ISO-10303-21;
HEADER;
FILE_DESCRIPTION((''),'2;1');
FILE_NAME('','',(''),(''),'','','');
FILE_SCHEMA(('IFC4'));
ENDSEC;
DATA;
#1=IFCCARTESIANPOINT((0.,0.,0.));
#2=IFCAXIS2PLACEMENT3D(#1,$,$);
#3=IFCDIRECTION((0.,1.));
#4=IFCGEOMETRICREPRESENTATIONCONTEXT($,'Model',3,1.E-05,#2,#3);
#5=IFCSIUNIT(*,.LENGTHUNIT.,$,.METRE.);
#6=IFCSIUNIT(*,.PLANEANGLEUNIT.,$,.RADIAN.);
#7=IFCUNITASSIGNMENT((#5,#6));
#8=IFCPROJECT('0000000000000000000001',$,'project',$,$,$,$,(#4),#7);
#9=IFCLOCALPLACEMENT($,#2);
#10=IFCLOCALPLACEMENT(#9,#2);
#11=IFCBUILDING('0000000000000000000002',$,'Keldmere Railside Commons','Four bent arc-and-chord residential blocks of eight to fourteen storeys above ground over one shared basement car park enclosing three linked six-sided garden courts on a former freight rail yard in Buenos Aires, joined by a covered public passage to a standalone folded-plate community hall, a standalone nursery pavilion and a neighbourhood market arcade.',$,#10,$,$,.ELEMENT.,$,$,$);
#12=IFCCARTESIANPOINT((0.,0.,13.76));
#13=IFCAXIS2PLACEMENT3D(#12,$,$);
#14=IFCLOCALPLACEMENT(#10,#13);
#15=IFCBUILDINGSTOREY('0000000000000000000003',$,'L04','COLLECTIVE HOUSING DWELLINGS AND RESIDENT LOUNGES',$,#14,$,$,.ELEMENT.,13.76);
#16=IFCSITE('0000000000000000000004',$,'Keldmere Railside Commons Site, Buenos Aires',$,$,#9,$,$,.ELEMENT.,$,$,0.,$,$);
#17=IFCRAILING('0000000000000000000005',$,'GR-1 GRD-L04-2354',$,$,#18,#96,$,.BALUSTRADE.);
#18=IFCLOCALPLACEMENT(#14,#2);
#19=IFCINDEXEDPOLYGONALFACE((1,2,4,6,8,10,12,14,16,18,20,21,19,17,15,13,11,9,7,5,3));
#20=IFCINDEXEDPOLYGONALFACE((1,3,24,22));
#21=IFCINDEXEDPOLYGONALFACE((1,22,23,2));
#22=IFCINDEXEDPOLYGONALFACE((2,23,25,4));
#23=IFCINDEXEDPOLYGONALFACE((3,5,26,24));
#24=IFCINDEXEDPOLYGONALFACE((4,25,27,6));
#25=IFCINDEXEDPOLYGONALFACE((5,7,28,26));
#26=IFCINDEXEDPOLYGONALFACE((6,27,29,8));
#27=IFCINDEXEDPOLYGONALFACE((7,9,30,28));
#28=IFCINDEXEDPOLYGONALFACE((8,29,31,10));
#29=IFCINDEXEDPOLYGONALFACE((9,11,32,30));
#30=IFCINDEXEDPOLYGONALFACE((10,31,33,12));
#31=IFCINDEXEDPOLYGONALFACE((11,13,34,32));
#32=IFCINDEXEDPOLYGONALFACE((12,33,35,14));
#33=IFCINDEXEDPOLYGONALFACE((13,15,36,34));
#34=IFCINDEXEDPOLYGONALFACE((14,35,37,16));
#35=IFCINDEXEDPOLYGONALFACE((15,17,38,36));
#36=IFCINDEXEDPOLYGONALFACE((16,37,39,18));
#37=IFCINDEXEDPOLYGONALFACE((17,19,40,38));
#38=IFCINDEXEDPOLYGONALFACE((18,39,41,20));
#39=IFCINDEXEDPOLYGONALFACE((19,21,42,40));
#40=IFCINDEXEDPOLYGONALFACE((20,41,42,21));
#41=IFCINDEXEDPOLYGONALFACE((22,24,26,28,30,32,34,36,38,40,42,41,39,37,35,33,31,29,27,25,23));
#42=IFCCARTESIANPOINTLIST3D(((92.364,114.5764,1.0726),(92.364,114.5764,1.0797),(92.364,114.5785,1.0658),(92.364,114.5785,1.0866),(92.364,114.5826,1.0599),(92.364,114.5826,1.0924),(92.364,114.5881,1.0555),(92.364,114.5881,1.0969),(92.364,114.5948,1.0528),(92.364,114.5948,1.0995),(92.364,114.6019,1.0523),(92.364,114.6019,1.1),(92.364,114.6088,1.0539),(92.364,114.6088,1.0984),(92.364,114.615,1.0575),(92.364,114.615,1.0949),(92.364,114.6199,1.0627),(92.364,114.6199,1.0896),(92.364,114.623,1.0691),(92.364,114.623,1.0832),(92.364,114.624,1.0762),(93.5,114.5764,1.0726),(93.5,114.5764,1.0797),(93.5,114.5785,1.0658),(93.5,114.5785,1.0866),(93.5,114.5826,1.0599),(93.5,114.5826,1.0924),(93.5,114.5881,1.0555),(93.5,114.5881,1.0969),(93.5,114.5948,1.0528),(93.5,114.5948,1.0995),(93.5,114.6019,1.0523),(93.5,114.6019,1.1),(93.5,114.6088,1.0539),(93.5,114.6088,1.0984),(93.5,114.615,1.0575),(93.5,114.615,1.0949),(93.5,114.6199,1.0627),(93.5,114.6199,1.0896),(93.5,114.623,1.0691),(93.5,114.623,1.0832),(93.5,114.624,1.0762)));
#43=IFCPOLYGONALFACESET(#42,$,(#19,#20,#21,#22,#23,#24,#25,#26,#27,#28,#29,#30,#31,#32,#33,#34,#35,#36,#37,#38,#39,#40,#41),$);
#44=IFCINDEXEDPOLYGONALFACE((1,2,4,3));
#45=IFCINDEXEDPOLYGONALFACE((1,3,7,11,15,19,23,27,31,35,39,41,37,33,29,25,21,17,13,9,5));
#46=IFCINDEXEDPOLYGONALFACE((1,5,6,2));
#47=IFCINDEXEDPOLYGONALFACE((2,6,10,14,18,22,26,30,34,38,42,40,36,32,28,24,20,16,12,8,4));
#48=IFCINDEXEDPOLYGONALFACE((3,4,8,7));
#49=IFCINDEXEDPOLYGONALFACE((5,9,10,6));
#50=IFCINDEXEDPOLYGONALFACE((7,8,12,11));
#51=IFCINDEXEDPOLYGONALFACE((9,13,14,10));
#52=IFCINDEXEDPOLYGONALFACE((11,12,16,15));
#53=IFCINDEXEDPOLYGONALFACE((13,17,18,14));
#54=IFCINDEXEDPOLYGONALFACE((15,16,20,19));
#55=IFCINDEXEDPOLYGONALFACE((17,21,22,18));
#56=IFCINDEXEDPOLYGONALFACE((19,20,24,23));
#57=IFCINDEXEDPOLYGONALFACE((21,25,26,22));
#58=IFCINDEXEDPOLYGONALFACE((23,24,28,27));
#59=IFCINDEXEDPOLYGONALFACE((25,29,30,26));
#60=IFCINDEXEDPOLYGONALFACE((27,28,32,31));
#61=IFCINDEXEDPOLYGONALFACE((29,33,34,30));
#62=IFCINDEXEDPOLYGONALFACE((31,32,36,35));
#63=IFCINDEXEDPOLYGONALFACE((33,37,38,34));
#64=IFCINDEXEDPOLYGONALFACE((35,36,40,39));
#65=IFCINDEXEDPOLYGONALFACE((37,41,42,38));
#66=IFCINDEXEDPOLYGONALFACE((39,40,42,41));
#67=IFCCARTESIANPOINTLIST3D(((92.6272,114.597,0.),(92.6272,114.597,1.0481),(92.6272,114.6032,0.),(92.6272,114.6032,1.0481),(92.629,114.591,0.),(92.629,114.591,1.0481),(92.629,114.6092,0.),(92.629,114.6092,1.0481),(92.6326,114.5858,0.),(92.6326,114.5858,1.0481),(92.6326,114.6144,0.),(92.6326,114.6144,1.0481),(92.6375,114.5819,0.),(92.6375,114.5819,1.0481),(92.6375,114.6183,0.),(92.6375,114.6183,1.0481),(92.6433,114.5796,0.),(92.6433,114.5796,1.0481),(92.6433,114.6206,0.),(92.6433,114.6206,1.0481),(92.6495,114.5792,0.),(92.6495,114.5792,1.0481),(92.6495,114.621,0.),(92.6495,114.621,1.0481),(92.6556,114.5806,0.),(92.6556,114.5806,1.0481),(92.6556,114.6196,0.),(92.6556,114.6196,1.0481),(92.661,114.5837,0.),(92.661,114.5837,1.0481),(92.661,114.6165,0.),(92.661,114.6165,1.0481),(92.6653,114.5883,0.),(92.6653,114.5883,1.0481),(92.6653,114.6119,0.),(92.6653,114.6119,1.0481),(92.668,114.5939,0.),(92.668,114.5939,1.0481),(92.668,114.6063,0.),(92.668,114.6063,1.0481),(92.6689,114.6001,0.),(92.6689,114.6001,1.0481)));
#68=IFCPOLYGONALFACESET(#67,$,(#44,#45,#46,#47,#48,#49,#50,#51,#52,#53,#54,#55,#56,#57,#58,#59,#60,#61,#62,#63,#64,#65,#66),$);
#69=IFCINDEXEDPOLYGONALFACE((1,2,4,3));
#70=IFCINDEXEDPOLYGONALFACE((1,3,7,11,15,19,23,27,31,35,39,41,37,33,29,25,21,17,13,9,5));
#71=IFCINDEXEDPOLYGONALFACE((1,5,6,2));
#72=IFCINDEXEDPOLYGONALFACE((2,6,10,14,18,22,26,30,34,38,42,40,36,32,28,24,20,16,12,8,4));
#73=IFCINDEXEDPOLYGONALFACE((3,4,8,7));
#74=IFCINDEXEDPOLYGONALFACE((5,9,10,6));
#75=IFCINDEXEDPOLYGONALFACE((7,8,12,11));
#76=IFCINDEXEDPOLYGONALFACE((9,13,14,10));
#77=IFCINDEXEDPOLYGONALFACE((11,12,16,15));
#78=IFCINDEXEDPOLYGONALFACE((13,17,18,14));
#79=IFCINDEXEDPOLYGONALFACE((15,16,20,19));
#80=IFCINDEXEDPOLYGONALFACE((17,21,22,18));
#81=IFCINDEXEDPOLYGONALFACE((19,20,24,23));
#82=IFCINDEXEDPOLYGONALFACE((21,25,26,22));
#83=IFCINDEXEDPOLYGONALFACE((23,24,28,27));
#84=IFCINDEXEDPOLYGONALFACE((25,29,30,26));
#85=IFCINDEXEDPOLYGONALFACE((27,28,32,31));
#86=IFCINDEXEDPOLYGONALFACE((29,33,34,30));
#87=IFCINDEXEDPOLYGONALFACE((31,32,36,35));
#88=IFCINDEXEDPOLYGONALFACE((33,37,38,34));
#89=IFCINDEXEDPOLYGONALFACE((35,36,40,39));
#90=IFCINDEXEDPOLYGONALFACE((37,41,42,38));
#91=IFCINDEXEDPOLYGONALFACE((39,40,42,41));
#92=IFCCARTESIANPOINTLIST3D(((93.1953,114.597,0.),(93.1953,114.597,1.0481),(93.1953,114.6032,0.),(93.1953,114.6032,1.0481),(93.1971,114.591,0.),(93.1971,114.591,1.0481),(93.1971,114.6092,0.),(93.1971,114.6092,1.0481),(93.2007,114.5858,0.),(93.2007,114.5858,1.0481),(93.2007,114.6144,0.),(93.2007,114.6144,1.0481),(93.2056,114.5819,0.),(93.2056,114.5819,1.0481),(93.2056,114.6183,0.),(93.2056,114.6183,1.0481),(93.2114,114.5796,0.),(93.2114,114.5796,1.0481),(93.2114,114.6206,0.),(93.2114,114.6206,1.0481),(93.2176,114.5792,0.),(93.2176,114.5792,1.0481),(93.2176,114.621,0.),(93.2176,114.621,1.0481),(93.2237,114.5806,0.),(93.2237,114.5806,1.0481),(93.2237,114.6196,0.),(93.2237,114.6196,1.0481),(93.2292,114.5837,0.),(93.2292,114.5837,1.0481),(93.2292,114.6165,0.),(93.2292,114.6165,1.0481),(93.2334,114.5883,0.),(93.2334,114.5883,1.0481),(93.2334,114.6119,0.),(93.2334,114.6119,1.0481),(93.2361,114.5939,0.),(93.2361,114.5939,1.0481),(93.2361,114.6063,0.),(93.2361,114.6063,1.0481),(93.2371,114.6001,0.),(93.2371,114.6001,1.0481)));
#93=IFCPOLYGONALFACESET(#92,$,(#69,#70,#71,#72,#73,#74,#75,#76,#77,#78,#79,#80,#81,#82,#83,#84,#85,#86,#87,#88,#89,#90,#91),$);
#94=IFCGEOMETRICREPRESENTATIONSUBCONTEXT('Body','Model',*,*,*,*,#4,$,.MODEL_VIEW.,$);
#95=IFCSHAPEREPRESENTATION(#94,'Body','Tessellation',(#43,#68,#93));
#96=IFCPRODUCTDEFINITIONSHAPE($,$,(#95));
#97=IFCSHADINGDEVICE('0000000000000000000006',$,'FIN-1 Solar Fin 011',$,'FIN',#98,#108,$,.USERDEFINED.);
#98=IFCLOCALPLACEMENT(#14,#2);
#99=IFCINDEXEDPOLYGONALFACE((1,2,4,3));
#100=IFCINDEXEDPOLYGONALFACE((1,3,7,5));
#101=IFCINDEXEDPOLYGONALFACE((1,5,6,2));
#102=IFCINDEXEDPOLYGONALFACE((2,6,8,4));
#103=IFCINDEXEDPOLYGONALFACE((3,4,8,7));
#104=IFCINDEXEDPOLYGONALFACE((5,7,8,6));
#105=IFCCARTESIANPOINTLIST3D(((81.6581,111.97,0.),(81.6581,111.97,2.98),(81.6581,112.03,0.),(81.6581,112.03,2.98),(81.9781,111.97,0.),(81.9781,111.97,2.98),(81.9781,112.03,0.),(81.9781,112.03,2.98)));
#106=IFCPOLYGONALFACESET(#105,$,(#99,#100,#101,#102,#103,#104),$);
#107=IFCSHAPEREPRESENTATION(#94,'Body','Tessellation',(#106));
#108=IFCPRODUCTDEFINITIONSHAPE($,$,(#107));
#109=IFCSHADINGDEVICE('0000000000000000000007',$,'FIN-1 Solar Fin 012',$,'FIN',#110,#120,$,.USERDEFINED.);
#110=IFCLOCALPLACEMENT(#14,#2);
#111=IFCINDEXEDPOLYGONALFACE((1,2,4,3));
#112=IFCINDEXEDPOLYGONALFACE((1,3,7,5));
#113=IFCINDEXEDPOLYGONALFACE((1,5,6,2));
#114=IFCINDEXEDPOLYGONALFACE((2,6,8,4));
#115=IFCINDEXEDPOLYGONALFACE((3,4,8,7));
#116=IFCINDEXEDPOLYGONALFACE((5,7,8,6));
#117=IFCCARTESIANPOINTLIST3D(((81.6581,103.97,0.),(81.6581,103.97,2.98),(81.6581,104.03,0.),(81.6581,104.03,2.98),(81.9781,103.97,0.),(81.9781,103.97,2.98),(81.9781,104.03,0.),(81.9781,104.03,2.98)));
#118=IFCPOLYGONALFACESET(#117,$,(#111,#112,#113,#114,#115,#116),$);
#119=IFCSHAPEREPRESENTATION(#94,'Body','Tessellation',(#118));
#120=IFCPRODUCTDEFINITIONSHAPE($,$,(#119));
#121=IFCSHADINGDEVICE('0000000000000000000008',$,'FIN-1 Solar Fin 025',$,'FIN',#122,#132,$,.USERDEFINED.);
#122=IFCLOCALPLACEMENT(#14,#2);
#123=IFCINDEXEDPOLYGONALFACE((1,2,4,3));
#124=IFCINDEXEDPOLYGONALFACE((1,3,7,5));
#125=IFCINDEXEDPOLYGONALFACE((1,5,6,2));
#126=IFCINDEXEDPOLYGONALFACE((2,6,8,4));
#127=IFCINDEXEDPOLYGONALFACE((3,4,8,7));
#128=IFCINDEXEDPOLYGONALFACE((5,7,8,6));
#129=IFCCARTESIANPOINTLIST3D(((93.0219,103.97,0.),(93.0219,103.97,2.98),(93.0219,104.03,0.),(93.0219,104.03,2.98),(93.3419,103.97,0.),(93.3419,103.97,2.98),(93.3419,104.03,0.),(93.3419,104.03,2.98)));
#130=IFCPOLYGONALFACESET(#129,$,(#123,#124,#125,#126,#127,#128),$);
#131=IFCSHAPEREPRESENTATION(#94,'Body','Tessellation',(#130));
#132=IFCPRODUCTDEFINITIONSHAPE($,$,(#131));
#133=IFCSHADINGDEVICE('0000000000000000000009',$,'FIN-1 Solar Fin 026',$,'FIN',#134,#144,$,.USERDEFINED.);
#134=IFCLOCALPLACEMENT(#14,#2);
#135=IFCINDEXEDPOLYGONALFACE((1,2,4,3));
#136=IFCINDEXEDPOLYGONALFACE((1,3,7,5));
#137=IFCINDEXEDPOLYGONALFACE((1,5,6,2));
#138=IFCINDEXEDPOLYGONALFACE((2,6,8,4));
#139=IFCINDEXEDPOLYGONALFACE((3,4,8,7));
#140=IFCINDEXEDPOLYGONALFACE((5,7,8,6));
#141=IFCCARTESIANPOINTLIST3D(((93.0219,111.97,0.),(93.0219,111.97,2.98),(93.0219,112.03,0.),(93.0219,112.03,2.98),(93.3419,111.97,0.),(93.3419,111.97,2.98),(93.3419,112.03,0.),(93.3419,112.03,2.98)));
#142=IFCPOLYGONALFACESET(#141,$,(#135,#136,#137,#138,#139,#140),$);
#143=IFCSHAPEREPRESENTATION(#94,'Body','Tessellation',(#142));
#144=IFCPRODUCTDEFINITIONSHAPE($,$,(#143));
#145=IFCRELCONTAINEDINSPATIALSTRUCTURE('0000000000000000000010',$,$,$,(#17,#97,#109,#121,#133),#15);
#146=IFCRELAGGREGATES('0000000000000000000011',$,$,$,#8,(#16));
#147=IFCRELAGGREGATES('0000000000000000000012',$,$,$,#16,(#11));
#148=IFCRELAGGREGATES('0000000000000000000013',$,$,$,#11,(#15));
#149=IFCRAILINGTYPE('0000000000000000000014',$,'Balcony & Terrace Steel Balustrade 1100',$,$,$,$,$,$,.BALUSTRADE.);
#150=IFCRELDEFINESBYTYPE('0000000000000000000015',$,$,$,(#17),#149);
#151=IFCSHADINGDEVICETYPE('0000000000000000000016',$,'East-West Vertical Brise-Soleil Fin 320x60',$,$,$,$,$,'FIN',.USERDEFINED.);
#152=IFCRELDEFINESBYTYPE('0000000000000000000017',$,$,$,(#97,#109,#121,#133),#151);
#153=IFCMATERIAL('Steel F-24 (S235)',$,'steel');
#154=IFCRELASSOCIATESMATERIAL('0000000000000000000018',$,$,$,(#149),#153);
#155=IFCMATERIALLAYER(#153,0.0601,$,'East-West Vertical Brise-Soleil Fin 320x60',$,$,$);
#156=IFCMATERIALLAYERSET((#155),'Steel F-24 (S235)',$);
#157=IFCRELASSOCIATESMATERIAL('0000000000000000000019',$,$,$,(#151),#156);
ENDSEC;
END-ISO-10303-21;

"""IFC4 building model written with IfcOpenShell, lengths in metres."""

from ifc_helpers import new_model, si_unit, direction, frame, origin, origin_2d, place, context, subcontext, project, spatial, rectangle, circle, extrude, material, layer, layer_set, type_object, element, save


model = new_model("IFC4")

# Units and contexts
model_context = context("Model", 3, precision=1e-05, world=origin(), true_north=direction((0.0, 1.0)))
body_context = subcontext(model_context, "Body", "Model", "MODEL_VIEW")
ifc_project = project(units=[si_unit("LENGTHUNIT", "METRE"), si_unit("PLANEANGLEUNIT", "RADIAN")], contexts=[model_context])

# Site, building, storey
site_placement = place(None, origin())
site = spatial("IfcSite", under=ifc_project, at=site_placement, Name="Keldmere Railside Commons Site, Buenos Aires", CompositionType="ELEMENT", RefElevation=0.0)
building_placement = place(site_placement, origin())
building = spatial("IfcBuilding", under=site, at=building_placement, Name="Keldmere Railside Commons", Description="Four bent arc-and-chord residential blocks of eight to fourteen storeys above ground over one shared basement car park enclosing three linked six-sided garden courts on a former freight rail yard in Buenos Aires, joined by a covered public passage to a standalone folded-plate community hall, a standalone nursery pavilion and a neighbourhood market arcade.", CompositionType="ELEMENT")
storey_placement = place(building_placement, frame((0.0, 0.0, 13.76)))
storey = spatial("IfcBuildingStorey", under=building, at=storey_placement, Name="L04", Description="COLLECTIVE HOUSING DWELLINGS AND RESIDENT LOUNGES", CompositionType="ELEMENT", Elevation=13.76)

# Railing
ifc_material = material(Name="Steel F-24 (S235)", Category="steel")
railing_type = type_object("IfcRailingType", Name="Balcony & Terrace Steel Balustrade 1100", PredefinedType="BALUSTRADE", material=ifc_material)
railing_1_placement = place(storey_placement, frame((92.364, 114.6001, 0.0)))
element("IfcRailing", 1, at=railing_1_placement, inside=storey, type_object=railing_type, Name="GR-1 GRD-L04-2354", PredefinedType="BALUSTRADE", context=body_context, shape_type="SweptSolid", body=[
    extrude(circle(Radius=0.0239, at=origin_2d()), frame((0.0, 0.0, 1.0762), z_axis=(1.0, 0.0, 0.0), x_axis=(0.0, 1.0, 0.0)), (0.0, 0.0, 1.0), 1.136),
    extrude(circle(Radius=0.021, at=origin_2d()), frame((0.2839, 0.0, 0.0)), (0.0, 0.0, 1.0), 1.0481),
    extrude(circle(Radius=0.021, at=origin_2d()), frame((0.8521, 0.0, 0.0)), (0.0, 0.0, 1.0), 1.0481),
])

# Shading devices
ifc_layer = layer(ifc_material, 0.0601, Name="East-West Vertical Brise-Soleil Fin 320x60")
ifc_layer_set = layer_set([ifc_layer], Name="Steel F-24 (S235)")
shading_device_type = type_object("IfcShadingDeviceType", Name="East-West Vertical Brise-Soleil Fin 320x60", ElementType="FIN", PredefinedType="USERDEFINED", material=ifc_layer_set)
for number, where, z_axis, x_axis, name in (
    (2, (81.8181, 112.0, 0.0), (0.0, 0.0, 1.0), (1.0, 0.0, 0.0), "FIN-1 Solar Fin 011"),
    (3, (81.8181, 104.0, 0.0), (0.0, 0.0, 1.0), (1.0, 0.0, 0.0), "FIN-1 Solar Fin 012"),
    (4, (93.1819, 104.0, 0.0), (0.0, 0.0, 1.0), (1.0, 0.0, 0.0), "FIN-1 Solar Fin 025"),
    (5, (93.1819, 112.0, 0.0), (0.0, 0.0, 1.0), (1.0, 0.0, 0.0), "FIN-1 Solar Fin 026"),
):
    element("IfcShadingDevice", number, at=place(storey_placement, frame(where, z_axis=z_axis, x_axis=x_axis)), inside=storey, type_object=shading_device_type, Name=name, ObjectType="FIN", PredefinedType="USERDEFINED", context=body_context, shape_type="SweptSolid", body=[
        extrude(rectangle(XDim=0.3201, YDim=0.0601, at=origin_2d()), origin(), (0.0, 0.0, 1.0), 2.98),
    ])

save(model, "model.ifc")
